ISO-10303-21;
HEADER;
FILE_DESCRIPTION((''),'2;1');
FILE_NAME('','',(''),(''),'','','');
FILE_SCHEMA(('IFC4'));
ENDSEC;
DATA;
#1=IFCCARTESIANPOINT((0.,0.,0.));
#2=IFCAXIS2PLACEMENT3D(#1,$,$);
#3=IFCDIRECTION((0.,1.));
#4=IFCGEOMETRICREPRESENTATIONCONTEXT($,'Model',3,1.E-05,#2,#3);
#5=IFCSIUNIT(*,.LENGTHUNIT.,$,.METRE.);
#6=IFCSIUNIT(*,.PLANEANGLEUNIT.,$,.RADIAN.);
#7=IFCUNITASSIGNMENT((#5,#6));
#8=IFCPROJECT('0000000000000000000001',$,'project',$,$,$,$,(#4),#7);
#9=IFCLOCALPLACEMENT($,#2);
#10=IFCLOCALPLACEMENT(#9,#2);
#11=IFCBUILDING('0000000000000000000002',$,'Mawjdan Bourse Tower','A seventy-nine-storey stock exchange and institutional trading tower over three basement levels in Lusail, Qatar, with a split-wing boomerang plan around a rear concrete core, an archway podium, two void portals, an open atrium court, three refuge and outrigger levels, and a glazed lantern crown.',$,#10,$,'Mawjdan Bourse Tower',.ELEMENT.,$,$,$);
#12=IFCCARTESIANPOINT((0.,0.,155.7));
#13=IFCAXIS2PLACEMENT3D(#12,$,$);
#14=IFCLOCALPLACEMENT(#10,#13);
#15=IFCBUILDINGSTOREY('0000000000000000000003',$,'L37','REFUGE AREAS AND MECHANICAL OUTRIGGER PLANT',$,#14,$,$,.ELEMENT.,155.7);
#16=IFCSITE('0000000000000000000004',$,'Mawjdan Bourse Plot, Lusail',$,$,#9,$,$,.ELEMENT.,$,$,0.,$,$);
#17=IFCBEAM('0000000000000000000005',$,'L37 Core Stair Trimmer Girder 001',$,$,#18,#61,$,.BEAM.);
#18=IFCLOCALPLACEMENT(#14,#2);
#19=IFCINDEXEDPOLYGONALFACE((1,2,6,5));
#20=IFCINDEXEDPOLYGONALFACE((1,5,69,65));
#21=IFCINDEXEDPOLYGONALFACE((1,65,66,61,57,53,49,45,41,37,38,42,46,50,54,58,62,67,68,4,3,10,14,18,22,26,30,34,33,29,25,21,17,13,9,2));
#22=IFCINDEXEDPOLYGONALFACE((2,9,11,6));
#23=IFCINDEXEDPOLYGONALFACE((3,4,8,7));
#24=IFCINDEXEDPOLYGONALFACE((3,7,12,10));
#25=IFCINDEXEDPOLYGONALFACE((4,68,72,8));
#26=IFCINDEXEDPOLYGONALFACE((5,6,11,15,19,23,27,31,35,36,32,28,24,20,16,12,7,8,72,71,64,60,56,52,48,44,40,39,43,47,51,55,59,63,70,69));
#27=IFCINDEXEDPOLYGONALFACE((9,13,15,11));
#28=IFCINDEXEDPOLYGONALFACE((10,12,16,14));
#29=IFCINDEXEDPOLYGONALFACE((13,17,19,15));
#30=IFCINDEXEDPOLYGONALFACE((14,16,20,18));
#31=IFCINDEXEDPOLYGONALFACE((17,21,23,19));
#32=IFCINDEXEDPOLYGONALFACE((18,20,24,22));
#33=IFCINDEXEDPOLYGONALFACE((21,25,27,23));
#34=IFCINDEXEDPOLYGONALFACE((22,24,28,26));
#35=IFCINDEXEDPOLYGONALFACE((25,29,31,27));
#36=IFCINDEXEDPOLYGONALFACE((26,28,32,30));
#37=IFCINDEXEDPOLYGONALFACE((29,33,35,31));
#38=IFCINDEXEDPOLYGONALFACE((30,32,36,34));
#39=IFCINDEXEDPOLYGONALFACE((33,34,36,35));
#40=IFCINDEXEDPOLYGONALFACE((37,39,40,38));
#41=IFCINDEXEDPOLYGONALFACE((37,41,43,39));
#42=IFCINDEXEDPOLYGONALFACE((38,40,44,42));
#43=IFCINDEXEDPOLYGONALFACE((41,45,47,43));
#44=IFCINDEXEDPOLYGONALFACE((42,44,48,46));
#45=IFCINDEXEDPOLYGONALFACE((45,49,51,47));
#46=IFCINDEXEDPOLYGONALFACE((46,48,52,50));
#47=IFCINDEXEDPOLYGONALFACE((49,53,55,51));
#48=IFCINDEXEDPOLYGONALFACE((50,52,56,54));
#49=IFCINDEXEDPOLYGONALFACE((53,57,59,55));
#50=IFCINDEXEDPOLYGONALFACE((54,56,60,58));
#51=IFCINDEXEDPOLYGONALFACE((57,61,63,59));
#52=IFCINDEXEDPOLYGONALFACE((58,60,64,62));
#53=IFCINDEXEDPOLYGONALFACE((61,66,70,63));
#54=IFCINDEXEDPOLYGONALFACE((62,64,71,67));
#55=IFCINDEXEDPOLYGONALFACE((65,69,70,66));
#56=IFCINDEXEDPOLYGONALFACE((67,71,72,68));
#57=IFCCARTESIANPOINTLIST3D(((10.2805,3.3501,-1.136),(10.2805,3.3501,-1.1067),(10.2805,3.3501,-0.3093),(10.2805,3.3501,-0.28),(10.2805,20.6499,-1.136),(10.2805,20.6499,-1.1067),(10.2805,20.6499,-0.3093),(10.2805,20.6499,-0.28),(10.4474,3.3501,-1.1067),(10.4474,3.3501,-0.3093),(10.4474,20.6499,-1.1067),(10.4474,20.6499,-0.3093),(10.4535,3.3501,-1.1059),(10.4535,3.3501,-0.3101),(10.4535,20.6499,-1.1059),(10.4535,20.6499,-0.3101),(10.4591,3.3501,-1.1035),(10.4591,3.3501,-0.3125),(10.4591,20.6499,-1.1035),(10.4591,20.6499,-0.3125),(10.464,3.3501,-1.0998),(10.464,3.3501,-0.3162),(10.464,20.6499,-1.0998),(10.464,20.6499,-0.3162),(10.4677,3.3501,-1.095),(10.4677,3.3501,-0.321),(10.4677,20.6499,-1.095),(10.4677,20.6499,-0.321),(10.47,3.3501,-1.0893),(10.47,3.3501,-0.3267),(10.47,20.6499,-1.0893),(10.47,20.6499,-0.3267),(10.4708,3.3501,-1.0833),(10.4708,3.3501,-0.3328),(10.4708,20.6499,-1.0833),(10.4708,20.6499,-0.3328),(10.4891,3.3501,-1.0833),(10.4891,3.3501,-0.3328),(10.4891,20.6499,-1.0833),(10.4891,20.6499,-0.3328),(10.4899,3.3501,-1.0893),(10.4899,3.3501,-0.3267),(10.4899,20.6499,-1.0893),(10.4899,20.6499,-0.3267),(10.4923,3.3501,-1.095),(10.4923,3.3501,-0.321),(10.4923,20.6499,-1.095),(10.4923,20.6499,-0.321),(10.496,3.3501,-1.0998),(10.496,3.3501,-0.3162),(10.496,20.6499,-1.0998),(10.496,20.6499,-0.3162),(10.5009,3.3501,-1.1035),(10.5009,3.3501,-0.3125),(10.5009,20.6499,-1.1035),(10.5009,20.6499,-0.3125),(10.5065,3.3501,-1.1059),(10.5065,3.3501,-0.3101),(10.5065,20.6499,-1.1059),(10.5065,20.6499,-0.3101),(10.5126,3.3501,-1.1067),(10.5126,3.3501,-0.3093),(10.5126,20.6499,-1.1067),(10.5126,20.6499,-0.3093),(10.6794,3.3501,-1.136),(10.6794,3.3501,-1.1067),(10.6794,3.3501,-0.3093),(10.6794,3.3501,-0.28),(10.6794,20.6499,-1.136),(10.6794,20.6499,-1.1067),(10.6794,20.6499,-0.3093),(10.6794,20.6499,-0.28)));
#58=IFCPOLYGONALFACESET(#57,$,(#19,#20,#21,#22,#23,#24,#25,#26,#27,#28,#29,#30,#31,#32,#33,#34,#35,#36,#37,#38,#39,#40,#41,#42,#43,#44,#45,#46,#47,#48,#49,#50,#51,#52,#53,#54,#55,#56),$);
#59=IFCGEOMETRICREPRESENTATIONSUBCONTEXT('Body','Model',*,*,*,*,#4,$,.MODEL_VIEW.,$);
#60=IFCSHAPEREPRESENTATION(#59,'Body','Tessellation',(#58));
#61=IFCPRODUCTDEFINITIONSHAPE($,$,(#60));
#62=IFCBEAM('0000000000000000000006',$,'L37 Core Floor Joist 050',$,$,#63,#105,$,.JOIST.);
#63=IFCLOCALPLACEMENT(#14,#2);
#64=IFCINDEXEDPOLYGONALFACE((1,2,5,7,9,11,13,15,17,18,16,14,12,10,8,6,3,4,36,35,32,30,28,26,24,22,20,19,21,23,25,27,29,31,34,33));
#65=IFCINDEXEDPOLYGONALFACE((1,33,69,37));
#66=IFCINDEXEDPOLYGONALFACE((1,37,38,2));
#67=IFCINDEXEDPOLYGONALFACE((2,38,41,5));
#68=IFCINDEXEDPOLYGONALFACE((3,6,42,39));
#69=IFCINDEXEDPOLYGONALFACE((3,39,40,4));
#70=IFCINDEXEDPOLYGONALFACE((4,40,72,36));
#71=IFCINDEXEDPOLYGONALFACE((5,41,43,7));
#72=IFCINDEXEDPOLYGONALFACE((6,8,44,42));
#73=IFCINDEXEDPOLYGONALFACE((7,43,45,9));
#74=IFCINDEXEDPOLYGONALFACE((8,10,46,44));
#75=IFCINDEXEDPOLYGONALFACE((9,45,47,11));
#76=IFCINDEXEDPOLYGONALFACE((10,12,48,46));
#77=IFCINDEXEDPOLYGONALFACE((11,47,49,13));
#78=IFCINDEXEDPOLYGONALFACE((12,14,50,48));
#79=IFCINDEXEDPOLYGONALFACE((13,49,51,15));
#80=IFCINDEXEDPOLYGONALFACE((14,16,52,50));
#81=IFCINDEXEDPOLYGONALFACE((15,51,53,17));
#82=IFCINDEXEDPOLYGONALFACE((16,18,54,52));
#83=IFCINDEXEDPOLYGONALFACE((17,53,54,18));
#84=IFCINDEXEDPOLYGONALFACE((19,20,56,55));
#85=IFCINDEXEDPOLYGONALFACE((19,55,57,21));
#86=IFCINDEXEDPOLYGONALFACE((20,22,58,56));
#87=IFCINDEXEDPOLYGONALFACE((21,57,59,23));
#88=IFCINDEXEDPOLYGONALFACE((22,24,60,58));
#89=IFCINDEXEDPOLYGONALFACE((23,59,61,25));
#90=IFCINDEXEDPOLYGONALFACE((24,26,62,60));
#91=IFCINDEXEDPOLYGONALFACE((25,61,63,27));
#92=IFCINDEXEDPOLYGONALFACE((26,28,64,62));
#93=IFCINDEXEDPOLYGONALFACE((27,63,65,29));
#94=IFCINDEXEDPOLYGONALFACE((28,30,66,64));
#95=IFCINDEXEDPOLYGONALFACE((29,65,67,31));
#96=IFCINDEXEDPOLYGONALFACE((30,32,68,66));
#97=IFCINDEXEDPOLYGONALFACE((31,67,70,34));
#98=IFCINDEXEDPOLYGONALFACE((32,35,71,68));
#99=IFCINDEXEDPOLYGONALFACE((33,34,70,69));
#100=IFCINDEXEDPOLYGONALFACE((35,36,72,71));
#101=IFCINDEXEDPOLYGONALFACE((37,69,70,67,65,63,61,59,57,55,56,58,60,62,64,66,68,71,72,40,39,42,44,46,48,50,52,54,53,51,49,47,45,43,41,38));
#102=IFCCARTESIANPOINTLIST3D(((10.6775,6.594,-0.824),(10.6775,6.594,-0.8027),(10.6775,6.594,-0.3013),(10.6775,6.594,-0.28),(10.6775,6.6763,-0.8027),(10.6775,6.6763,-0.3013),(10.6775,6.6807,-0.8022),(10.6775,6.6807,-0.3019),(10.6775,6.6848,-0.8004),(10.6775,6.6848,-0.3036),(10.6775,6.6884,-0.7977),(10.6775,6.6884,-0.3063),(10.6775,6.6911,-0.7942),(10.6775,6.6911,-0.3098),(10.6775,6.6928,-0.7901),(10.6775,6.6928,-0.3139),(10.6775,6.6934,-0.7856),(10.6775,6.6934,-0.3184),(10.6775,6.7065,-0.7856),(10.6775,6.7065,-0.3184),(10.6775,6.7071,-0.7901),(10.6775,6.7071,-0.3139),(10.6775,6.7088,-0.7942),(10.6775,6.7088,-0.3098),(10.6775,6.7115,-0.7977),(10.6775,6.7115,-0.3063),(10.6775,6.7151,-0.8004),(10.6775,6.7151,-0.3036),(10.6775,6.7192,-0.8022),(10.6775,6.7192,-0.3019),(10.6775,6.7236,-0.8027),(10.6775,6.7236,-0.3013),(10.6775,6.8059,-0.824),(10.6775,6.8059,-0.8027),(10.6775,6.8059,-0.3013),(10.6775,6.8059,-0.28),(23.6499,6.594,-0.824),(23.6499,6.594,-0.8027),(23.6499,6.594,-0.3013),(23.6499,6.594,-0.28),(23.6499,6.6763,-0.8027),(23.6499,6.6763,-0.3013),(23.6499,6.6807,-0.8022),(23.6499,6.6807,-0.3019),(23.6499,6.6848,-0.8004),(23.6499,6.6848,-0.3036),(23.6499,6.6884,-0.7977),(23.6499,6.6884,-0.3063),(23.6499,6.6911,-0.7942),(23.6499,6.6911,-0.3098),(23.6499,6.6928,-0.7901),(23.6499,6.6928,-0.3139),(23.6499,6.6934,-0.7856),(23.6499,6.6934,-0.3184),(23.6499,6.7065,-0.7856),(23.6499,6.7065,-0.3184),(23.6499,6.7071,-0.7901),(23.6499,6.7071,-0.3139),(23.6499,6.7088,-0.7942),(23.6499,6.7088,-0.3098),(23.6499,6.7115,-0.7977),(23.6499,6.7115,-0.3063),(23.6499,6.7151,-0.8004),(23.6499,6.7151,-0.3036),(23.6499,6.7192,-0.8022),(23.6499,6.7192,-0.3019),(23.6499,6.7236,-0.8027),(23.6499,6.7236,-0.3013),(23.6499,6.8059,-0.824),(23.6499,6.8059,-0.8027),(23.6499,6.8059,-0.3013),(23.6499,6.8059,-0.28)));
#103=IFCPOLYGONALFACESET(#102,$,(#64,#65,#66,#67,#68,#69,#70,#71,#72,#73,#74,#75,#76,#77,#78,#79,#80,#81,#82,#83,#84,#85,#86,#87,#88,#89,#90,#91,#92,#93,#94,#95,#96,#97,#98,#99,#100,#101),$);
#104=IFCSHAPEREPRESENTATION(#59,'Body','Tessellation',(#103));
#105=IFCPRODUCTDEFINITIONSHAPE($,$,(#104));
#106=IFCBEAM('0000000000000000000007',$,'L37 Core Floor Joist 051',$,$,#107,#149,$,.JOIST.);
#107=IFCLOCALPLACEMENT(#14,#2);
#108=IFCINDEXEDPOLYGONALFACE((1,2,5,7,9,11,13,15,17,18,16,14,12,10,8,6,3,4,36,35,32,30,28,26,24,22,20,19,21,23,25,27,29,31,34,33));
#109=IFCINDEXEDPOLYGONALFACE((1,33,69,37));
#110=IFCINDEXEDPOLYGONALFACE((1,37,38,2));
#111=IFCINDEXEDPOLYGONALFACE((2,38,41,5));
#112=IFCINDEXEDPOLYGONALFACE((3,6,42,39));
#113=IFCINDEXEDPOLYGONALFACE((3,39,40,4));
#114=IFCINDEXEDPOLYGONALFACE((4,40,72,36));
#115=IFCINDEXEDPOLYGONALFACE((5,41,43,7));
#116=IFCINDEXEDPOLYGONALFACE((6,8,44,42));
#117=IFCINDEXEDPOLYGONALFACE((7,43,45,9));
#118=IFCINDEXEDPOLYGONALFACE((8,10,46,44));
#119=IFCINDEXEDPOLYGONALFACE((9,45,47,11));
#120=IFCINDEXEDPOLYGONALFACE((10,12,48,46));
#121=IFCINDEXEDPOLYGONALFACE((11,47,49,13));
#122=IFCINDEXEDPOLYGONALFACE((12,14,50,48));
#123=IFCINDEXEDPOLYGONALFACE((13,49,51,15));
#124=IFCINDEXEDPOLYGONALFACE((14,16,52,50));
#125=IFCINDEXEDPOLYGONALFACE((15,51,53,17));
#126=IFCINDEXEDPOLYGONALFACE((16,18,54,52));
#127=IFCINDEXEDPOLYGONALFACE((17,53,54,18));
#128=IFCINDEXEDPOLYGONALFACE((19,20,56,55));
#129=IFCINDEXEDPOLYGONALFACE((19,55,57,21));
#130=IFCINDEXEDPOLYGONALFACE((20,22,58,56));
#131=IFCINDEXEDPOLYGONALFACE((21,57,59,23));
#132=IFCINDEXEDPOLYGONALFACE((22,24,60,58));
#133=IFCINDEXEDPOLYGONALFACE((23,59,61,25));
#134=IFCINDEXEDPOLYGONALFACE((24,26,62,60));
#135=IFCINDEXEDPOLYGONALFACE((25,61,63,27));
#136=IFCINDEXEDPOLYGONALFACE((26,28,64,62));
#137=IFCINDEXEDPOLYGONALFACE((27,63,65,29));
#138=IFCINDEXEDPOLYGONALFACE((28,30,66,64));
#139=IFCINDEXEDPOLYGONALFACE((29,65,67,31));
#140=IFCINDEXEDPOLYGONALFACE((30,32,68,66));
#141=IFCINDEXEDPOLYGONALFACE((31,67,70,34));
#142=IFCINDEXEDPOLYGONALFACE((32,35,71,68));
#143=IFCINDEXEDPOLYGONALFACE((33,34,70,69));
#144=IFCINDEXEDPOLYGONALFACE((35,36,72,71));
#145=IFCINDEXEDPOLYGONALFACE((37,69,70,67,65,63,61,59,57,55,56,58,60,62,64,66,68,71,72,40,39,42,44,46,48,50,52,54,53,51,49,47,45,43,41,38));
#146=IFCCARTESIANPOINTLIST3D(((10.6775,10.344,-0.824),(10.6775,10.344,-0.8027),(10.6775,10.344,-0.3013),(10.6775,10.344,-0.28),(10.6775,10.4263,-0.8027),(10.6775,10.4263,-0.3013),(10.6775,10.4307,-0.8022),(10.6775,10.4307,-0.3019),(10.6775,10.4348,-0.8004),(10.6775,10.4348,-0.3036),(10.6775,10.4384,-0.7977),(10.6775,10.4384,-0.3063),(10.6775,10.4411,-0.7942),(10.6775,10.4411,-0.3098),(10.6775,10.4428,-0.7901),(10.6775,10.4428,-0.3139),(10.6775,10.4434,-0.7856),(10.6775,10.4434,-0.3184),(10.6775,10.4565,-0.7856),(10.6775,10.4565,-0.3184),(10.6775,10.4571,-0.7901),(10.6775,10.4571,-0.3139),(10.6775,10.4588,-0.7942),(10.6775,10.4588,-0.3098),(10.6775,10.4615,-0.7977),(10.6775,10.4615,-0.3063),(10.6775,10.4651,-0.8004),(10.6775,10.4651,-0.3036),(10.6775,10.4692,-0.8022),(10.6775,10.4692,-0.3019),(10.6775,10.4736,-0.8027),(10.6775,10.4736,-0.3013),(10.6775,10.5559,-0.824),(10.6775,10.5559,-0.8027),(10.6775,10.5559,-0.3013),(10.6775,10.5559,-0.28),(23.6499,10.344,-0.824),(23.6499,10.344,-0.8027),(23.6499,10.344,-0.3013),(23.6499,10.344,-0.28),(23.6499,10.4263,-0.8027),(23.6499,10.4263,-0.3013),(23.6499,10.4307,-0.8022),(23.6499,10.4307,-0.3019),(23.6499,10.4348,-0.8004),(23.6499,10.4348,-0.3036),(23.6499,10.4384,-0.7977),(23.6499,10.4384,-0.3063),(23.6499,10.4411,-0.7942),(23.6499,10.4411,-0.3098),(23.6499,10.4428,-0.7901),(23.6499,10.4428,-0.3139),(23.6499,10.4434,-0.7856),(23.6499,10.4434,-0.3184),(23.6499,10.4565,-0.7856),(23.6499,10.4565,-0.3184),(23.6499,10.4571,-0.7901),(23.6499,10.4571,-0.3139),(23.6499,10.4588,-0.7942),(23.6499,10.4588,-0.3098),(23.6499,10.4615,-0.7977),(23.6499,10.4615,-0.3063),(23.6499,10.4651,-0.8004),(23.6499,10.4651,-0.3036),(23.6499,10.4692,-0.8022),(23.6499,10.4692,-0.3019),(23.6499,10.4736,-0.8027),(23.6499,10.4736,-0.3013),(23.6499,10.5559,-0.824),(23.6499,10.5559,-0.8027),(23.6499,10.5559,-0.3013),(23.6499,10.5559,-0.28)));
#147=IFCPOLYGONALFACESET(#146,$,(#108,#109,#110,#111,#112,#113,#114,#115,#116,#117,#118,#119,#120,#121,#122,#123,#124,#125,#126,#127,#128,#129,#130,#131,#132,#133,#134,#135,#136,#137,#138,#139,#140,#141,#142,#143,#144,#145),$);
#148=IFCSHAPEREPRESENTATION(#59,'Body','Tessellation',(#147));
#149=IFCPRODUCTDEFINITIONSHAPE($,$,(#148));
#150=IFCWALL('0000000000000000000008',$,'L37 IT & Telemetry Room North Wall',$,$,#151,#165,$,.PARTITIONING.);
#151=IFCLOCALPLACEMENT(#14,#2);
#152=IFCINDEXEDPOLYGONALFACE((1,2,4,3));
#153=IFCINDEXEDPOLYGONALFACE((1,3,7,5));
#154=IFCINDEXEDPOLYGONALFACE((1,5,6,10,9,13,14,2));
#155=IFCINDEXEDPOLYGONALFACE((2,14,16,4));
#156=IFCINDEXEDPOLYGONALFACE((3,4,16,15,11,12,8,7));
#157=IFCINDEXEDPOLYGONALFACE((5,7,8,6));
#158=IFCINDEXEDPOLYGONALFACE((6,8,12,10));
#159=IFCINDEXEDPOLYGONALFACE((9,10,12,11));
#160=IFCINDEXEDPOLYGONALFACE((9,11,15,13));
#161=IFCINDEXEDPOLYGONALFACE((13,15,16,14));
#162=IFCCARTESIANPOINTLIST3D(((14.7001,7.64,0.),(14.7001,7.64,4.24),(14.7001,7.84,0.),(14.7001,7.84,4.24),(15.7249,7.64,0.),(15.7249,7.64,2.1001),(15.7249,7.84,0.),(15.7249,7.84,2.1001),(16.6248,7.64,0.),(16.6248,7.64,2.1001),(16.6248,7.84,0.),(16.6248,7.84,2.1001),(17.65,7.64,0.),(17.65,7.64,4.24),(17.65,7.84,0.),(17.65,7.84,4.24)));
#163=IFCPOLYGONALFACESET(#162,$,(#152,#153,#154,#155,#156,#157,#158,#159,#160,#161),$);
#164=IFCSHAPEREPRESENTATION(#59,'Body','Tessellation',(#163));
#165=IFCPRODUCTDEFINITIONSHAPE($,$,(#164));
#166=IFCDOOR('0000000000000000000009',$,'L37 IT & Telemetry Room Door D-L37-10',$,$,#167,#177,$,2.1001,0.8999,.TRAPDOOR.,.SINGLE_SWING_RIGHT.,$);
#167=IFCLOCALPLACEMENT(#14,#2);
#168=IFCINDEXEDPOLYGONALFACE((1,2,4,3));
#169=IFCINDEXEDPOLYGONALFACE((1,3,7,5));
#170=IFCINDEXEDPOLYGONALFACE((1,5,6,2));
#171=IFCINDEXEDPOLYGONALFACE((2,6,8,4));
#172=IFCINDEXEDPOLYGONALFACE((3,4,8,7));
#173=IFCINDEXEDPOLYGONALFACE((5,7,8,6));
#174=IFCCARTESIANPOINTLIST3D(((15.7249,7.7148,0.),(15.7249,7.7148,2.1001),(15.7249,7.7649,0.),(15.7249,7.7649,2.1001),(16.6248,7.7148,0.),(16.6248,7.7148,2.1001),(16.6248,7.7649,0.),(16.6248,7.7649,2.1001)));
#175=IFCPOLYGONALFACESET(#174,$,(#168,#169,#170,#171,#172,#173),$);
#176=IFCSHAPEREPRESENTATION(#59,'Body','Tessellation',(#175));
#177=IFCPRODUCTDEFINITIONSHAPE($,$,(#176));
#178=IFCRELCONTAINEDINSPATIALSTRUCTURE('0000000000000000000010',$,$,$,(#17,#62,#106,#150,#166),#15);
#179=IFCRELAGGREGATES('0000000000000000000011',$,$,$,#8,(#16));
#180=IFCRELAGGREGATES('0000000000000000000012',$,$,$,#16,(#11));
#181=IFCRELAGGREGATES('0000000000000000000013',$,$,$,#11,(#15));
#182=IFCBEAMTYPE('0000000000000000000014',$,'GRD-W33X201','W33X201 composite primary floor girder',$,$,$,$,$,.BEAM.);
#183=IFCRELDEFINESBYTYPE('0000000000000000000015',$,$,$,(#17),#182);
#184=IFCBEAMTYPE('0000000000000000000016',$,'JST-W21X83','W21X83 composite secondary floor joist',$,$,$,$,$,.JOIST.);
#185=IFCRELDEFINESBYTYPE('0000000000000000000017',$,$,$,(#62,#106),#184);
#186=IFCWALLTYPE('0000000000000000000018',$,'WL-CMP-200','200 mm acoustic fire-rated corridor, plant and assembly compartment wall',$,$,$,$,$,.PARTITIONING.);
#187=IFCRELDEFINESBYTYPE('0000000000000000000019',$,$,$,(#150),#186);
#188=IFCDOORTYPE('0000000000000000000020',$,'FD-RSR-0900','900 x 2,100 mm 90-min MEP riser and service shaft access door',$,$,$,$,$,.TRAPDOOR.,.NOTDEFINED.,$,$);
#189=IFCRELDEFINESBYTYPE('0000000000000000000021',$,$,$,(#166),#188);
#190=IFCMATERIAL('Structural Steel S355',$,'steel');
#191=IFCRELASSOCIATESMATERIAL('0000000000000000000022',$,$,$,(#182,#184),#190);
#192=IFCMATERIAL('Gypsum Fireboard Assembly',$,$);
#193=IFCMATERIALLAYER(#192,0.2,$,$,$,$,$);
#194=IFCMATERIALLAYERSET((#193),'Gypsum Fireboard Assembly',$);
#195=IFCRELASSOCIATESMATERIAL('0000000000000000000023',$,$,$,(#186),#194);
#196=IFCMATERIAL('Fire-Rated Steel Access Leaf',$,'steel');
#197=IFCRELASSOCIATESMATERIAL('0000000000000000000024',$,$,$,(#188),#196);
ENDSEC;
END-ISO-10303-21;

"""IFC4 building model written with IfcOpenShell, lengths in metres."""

from ifc_helpers import new_model, si_unit, direction, frame, frame_2d, origin, origin_2d, place, context, subcontext, project, spatial, rectangle, i_section, extrude, material, layer, layer_set, material_profile, profile_set, type_object, element, fill, save


model = new_model("IFC4")

# Units and contexts
model_context = context("Model", 3, precision=1e-05, world=origin(), true_north=direction((0.0, 1.0)))
body_context = subcontext(model_context, "Body", "Model", "MODEL_VIEW")
ifc_project = project(units=[si_unit("LENGTHUNIT", "METRE"), si_unit("PLANEANGLEUNIT", "RADIAN")], contexts=[model_context])

# Site, building, storey
site_placement = place(None, origin())
site = spatial("IfcSite", under=ifc_project, at=site_placement, Name="Mawjdan Bourse Plot, Lusail", CompositionType="ELEMENT", RefElevation=0.0)
building_placement = place(site_placement, origin())
building = spatial("IfcBuilding", under=site, at=building_placement, Name="Mawjdan Bourse Tower", Description="A seventy-nine-storey stock exchange and institutional trading tower over three basement levels in Lusail, Qatar, with a split-wing boomerang plan around a rear concrete core, an archway podium, two void portals, an open atrium court, three refuge and outrigger levels, and a glazed lantern crown.", LongName="Mawjdan Bourse Tower", CompositionType="ELEMENT")
storey_placement = place(building_placement, frame((0.0, 0.0, 155.7)))
storey = spatial("IfcBuildingStorey", under=building, at=storey_placement, Name="L37", Description="REFUGE AREAS AND MECHANICAL OUTRIGGER PLANT", CompositionType="ELEMENT", Elevation=155.7)

# Beams
ifc_material_1 = material(Name="Structural Steel S355", Category="steel")
ifc_material_profile_1 = material_profile(ifc_material_1, i_section(OverallWidth=0.3989, OverallDepth=0.856, WebThickness=0.0183, FlangeThickness=0.0293, FilletRadius=0.0234, at=origin_2d()), Name="W33X201")
ifc_profile_set_1 = profile_set([ifc_material_profile_1], Name="Structural Steel S355")
beam_type_1 = type_object("IfcBeamType", Name="GRD-W33X201", Description="W33X201 composite primary floor girder", PredefinedType="BEAM", material=ifc_profile_set_1)
beam_placement = place(storey_placement, frame((10.48, 3.3501, -0.708), z_axis=(0.0, 1.0, 0.0), x_axis=(-1.0, 0.0, 0.0)))
element("IfcBeam", 1, at=beam_placement, inside=storey, type_object=beam_type_1, Name="L37 Core Stair Trimmer Girder 001", PredefinedType="BEAM", context=body_context, shape_type="SweptSolid", body=[
    extrude(i_section(OverallWidth=0.3989, OverallDepth=0.856, WebThickness=0.0183, FlangeThickness=0.0293, FilletRadius=0.0234, at=origin_2d()), origin(), (0.0, 0.0, 1.0), 17.2998),
])
ifc_material_profile_2 = material_profile(ifc_material_1, i_section(OverallWidth=0.2119, OverallDepth=0.5439, WebThickness=0.0132, FlangeThickness=0.0212, FilletRadius=0.0171, at=origin_2d()), Name="W21X83")
ifc_profile_set_2 = profile_set([ifc_material_profile_2], Name="Structural Steel S355")
beam_type_2 = type_object("IfcBeamType", Name="JST-W21X83", Description="W21X83 composite secondary floor joist", PredefinedType="JOIST", material=ifc_profile_set_2)
for number, where, z_axis, x_axis, name in (
    (2, (10.6775, 6.7, -0.552), (1.0, 0.0, 0.0), (0.0, 1.0, 0.0), "L37 Core Floor Joist 050"),
    (3, (10.6775, 10.45, -0.552), (1.0, 0.0, 0.0), (0.0, 1.0, 0.0), "L37 Core Floor Joist 051"),
):
    element("IfcBeam", number, at=place(storey_placement, frame(where, z_axis=z_axis, x_axis=x_axis)), inside=storey, type_object=beam_type_2, Name=name, PredefinedType="JOIST", context=body_context, shape_type="SweptSolid", body=[
        extrude(i_section(OverallWidth=0.2119, OverallDepth=0.5439, WebThickness=0.0132, FlangeThickness=0.0212, FilletRadius=0.0171, at=origin_2d()), origin(), (0.0, 0.0, 1.0), 12.9724),
    ])

# Wall, opening, door
ifc_material_2 = material(Name="Gypsum Fireboard Assembly")
ifc_layer_1 = layer(ifc_material_2, 0.2)
ifc_layer_set_1 = layer_set([ifc_layer_1], Name="Gypsum Fireboard Assembly")
wall_type_1 = type_object("IfcWallType", Name="WL-CMP-200", Description="200 mm acoustic fire-rated corridor, plant and assembly compartment wall", PredefinedType="PARTITIONING", material=ifc_layer_set_1)
wall_1_placement = place(storey_placement, frame((14.7, 7.74, 0.0), z_axis=(0.0, 0.0, 1.0), x_axis=(1.0, 0.0, 0.0)))
wall_1 = element("IfcWall", 4, at=wall_1_placement, inside=storey, type_object=wall_type_1, Name="L37 IT & Telemetry Room North Wall", PredefinedType="PARTITIONING", context=body_context, shape_type="SweptSolid", body=[
    extrude(rectangle(XDim=2.95, YDim=0.2, at=frame_2d((1.4751, 0.0))), origin(), (0.0, 0.0, 1.0), 4.24),
])
opening_1_placement = place(wall_1_placement, frame((1.0249, 0.0, 0.0)))
opening_1 = element("IfcOpeningElement", 5, at=opening_1_placement, cuts=wall_1, PredefinedType="OPENING", context=body_context, shape_type="SweptSolid", body=[
    extrude(rectangle(XDim=0.8999, YDim=2.1001, at=frame_2d((0.45, 1.05))), frame((0.0, 0.1099, 0.0), z_axis=(0.0, -1.0, 0.0), x_axis=(1.0, 0.0, 0.0)), (0.0, 0.0, 1.0), 0.22),
])
ifc_material_3 = material(Name="Fire-Rated Steel Access Leaf", Category="steel")
door_type_1 = type_object("IfcDoorType", Name="FD-RSR-0900", Description="900 x 2,100 mm 90-min MEP riser and service shaft access door", OperationType="NOTDEFINED", PredefinedType="TRAPDOOR", material=ifc_material_3)
door_1_placement = place(opening_1_placement, origin())
door_1 = element("IfcDoor", 6, at=door_1_placement, inside=storey, type_object=door_type_1, Name="L37 IT & Telemetry Room Door D-L37-10", OperationType="SINGLE_SWING_RIGHT", OverallHeight=2.1001, OverallWidth=0.8999, PredefinedType="TRAPDOOR", context=body_context, shape_type="SweptSolid", body=[
    extrude(rectangle(XDim=0.8999, YDim=2.1001, at=frame_2d((0.45, 1.05))), frame((0.0, 0.0249, 0.0), z_axis=(0.0, -1.0, 0.0), x_axis=(1.0, 0.0, 0.0)), (0.0, 0.0, 1.0), 0.05),
])
fill(opening_1, door_1)

save(model, "model.ifc")
